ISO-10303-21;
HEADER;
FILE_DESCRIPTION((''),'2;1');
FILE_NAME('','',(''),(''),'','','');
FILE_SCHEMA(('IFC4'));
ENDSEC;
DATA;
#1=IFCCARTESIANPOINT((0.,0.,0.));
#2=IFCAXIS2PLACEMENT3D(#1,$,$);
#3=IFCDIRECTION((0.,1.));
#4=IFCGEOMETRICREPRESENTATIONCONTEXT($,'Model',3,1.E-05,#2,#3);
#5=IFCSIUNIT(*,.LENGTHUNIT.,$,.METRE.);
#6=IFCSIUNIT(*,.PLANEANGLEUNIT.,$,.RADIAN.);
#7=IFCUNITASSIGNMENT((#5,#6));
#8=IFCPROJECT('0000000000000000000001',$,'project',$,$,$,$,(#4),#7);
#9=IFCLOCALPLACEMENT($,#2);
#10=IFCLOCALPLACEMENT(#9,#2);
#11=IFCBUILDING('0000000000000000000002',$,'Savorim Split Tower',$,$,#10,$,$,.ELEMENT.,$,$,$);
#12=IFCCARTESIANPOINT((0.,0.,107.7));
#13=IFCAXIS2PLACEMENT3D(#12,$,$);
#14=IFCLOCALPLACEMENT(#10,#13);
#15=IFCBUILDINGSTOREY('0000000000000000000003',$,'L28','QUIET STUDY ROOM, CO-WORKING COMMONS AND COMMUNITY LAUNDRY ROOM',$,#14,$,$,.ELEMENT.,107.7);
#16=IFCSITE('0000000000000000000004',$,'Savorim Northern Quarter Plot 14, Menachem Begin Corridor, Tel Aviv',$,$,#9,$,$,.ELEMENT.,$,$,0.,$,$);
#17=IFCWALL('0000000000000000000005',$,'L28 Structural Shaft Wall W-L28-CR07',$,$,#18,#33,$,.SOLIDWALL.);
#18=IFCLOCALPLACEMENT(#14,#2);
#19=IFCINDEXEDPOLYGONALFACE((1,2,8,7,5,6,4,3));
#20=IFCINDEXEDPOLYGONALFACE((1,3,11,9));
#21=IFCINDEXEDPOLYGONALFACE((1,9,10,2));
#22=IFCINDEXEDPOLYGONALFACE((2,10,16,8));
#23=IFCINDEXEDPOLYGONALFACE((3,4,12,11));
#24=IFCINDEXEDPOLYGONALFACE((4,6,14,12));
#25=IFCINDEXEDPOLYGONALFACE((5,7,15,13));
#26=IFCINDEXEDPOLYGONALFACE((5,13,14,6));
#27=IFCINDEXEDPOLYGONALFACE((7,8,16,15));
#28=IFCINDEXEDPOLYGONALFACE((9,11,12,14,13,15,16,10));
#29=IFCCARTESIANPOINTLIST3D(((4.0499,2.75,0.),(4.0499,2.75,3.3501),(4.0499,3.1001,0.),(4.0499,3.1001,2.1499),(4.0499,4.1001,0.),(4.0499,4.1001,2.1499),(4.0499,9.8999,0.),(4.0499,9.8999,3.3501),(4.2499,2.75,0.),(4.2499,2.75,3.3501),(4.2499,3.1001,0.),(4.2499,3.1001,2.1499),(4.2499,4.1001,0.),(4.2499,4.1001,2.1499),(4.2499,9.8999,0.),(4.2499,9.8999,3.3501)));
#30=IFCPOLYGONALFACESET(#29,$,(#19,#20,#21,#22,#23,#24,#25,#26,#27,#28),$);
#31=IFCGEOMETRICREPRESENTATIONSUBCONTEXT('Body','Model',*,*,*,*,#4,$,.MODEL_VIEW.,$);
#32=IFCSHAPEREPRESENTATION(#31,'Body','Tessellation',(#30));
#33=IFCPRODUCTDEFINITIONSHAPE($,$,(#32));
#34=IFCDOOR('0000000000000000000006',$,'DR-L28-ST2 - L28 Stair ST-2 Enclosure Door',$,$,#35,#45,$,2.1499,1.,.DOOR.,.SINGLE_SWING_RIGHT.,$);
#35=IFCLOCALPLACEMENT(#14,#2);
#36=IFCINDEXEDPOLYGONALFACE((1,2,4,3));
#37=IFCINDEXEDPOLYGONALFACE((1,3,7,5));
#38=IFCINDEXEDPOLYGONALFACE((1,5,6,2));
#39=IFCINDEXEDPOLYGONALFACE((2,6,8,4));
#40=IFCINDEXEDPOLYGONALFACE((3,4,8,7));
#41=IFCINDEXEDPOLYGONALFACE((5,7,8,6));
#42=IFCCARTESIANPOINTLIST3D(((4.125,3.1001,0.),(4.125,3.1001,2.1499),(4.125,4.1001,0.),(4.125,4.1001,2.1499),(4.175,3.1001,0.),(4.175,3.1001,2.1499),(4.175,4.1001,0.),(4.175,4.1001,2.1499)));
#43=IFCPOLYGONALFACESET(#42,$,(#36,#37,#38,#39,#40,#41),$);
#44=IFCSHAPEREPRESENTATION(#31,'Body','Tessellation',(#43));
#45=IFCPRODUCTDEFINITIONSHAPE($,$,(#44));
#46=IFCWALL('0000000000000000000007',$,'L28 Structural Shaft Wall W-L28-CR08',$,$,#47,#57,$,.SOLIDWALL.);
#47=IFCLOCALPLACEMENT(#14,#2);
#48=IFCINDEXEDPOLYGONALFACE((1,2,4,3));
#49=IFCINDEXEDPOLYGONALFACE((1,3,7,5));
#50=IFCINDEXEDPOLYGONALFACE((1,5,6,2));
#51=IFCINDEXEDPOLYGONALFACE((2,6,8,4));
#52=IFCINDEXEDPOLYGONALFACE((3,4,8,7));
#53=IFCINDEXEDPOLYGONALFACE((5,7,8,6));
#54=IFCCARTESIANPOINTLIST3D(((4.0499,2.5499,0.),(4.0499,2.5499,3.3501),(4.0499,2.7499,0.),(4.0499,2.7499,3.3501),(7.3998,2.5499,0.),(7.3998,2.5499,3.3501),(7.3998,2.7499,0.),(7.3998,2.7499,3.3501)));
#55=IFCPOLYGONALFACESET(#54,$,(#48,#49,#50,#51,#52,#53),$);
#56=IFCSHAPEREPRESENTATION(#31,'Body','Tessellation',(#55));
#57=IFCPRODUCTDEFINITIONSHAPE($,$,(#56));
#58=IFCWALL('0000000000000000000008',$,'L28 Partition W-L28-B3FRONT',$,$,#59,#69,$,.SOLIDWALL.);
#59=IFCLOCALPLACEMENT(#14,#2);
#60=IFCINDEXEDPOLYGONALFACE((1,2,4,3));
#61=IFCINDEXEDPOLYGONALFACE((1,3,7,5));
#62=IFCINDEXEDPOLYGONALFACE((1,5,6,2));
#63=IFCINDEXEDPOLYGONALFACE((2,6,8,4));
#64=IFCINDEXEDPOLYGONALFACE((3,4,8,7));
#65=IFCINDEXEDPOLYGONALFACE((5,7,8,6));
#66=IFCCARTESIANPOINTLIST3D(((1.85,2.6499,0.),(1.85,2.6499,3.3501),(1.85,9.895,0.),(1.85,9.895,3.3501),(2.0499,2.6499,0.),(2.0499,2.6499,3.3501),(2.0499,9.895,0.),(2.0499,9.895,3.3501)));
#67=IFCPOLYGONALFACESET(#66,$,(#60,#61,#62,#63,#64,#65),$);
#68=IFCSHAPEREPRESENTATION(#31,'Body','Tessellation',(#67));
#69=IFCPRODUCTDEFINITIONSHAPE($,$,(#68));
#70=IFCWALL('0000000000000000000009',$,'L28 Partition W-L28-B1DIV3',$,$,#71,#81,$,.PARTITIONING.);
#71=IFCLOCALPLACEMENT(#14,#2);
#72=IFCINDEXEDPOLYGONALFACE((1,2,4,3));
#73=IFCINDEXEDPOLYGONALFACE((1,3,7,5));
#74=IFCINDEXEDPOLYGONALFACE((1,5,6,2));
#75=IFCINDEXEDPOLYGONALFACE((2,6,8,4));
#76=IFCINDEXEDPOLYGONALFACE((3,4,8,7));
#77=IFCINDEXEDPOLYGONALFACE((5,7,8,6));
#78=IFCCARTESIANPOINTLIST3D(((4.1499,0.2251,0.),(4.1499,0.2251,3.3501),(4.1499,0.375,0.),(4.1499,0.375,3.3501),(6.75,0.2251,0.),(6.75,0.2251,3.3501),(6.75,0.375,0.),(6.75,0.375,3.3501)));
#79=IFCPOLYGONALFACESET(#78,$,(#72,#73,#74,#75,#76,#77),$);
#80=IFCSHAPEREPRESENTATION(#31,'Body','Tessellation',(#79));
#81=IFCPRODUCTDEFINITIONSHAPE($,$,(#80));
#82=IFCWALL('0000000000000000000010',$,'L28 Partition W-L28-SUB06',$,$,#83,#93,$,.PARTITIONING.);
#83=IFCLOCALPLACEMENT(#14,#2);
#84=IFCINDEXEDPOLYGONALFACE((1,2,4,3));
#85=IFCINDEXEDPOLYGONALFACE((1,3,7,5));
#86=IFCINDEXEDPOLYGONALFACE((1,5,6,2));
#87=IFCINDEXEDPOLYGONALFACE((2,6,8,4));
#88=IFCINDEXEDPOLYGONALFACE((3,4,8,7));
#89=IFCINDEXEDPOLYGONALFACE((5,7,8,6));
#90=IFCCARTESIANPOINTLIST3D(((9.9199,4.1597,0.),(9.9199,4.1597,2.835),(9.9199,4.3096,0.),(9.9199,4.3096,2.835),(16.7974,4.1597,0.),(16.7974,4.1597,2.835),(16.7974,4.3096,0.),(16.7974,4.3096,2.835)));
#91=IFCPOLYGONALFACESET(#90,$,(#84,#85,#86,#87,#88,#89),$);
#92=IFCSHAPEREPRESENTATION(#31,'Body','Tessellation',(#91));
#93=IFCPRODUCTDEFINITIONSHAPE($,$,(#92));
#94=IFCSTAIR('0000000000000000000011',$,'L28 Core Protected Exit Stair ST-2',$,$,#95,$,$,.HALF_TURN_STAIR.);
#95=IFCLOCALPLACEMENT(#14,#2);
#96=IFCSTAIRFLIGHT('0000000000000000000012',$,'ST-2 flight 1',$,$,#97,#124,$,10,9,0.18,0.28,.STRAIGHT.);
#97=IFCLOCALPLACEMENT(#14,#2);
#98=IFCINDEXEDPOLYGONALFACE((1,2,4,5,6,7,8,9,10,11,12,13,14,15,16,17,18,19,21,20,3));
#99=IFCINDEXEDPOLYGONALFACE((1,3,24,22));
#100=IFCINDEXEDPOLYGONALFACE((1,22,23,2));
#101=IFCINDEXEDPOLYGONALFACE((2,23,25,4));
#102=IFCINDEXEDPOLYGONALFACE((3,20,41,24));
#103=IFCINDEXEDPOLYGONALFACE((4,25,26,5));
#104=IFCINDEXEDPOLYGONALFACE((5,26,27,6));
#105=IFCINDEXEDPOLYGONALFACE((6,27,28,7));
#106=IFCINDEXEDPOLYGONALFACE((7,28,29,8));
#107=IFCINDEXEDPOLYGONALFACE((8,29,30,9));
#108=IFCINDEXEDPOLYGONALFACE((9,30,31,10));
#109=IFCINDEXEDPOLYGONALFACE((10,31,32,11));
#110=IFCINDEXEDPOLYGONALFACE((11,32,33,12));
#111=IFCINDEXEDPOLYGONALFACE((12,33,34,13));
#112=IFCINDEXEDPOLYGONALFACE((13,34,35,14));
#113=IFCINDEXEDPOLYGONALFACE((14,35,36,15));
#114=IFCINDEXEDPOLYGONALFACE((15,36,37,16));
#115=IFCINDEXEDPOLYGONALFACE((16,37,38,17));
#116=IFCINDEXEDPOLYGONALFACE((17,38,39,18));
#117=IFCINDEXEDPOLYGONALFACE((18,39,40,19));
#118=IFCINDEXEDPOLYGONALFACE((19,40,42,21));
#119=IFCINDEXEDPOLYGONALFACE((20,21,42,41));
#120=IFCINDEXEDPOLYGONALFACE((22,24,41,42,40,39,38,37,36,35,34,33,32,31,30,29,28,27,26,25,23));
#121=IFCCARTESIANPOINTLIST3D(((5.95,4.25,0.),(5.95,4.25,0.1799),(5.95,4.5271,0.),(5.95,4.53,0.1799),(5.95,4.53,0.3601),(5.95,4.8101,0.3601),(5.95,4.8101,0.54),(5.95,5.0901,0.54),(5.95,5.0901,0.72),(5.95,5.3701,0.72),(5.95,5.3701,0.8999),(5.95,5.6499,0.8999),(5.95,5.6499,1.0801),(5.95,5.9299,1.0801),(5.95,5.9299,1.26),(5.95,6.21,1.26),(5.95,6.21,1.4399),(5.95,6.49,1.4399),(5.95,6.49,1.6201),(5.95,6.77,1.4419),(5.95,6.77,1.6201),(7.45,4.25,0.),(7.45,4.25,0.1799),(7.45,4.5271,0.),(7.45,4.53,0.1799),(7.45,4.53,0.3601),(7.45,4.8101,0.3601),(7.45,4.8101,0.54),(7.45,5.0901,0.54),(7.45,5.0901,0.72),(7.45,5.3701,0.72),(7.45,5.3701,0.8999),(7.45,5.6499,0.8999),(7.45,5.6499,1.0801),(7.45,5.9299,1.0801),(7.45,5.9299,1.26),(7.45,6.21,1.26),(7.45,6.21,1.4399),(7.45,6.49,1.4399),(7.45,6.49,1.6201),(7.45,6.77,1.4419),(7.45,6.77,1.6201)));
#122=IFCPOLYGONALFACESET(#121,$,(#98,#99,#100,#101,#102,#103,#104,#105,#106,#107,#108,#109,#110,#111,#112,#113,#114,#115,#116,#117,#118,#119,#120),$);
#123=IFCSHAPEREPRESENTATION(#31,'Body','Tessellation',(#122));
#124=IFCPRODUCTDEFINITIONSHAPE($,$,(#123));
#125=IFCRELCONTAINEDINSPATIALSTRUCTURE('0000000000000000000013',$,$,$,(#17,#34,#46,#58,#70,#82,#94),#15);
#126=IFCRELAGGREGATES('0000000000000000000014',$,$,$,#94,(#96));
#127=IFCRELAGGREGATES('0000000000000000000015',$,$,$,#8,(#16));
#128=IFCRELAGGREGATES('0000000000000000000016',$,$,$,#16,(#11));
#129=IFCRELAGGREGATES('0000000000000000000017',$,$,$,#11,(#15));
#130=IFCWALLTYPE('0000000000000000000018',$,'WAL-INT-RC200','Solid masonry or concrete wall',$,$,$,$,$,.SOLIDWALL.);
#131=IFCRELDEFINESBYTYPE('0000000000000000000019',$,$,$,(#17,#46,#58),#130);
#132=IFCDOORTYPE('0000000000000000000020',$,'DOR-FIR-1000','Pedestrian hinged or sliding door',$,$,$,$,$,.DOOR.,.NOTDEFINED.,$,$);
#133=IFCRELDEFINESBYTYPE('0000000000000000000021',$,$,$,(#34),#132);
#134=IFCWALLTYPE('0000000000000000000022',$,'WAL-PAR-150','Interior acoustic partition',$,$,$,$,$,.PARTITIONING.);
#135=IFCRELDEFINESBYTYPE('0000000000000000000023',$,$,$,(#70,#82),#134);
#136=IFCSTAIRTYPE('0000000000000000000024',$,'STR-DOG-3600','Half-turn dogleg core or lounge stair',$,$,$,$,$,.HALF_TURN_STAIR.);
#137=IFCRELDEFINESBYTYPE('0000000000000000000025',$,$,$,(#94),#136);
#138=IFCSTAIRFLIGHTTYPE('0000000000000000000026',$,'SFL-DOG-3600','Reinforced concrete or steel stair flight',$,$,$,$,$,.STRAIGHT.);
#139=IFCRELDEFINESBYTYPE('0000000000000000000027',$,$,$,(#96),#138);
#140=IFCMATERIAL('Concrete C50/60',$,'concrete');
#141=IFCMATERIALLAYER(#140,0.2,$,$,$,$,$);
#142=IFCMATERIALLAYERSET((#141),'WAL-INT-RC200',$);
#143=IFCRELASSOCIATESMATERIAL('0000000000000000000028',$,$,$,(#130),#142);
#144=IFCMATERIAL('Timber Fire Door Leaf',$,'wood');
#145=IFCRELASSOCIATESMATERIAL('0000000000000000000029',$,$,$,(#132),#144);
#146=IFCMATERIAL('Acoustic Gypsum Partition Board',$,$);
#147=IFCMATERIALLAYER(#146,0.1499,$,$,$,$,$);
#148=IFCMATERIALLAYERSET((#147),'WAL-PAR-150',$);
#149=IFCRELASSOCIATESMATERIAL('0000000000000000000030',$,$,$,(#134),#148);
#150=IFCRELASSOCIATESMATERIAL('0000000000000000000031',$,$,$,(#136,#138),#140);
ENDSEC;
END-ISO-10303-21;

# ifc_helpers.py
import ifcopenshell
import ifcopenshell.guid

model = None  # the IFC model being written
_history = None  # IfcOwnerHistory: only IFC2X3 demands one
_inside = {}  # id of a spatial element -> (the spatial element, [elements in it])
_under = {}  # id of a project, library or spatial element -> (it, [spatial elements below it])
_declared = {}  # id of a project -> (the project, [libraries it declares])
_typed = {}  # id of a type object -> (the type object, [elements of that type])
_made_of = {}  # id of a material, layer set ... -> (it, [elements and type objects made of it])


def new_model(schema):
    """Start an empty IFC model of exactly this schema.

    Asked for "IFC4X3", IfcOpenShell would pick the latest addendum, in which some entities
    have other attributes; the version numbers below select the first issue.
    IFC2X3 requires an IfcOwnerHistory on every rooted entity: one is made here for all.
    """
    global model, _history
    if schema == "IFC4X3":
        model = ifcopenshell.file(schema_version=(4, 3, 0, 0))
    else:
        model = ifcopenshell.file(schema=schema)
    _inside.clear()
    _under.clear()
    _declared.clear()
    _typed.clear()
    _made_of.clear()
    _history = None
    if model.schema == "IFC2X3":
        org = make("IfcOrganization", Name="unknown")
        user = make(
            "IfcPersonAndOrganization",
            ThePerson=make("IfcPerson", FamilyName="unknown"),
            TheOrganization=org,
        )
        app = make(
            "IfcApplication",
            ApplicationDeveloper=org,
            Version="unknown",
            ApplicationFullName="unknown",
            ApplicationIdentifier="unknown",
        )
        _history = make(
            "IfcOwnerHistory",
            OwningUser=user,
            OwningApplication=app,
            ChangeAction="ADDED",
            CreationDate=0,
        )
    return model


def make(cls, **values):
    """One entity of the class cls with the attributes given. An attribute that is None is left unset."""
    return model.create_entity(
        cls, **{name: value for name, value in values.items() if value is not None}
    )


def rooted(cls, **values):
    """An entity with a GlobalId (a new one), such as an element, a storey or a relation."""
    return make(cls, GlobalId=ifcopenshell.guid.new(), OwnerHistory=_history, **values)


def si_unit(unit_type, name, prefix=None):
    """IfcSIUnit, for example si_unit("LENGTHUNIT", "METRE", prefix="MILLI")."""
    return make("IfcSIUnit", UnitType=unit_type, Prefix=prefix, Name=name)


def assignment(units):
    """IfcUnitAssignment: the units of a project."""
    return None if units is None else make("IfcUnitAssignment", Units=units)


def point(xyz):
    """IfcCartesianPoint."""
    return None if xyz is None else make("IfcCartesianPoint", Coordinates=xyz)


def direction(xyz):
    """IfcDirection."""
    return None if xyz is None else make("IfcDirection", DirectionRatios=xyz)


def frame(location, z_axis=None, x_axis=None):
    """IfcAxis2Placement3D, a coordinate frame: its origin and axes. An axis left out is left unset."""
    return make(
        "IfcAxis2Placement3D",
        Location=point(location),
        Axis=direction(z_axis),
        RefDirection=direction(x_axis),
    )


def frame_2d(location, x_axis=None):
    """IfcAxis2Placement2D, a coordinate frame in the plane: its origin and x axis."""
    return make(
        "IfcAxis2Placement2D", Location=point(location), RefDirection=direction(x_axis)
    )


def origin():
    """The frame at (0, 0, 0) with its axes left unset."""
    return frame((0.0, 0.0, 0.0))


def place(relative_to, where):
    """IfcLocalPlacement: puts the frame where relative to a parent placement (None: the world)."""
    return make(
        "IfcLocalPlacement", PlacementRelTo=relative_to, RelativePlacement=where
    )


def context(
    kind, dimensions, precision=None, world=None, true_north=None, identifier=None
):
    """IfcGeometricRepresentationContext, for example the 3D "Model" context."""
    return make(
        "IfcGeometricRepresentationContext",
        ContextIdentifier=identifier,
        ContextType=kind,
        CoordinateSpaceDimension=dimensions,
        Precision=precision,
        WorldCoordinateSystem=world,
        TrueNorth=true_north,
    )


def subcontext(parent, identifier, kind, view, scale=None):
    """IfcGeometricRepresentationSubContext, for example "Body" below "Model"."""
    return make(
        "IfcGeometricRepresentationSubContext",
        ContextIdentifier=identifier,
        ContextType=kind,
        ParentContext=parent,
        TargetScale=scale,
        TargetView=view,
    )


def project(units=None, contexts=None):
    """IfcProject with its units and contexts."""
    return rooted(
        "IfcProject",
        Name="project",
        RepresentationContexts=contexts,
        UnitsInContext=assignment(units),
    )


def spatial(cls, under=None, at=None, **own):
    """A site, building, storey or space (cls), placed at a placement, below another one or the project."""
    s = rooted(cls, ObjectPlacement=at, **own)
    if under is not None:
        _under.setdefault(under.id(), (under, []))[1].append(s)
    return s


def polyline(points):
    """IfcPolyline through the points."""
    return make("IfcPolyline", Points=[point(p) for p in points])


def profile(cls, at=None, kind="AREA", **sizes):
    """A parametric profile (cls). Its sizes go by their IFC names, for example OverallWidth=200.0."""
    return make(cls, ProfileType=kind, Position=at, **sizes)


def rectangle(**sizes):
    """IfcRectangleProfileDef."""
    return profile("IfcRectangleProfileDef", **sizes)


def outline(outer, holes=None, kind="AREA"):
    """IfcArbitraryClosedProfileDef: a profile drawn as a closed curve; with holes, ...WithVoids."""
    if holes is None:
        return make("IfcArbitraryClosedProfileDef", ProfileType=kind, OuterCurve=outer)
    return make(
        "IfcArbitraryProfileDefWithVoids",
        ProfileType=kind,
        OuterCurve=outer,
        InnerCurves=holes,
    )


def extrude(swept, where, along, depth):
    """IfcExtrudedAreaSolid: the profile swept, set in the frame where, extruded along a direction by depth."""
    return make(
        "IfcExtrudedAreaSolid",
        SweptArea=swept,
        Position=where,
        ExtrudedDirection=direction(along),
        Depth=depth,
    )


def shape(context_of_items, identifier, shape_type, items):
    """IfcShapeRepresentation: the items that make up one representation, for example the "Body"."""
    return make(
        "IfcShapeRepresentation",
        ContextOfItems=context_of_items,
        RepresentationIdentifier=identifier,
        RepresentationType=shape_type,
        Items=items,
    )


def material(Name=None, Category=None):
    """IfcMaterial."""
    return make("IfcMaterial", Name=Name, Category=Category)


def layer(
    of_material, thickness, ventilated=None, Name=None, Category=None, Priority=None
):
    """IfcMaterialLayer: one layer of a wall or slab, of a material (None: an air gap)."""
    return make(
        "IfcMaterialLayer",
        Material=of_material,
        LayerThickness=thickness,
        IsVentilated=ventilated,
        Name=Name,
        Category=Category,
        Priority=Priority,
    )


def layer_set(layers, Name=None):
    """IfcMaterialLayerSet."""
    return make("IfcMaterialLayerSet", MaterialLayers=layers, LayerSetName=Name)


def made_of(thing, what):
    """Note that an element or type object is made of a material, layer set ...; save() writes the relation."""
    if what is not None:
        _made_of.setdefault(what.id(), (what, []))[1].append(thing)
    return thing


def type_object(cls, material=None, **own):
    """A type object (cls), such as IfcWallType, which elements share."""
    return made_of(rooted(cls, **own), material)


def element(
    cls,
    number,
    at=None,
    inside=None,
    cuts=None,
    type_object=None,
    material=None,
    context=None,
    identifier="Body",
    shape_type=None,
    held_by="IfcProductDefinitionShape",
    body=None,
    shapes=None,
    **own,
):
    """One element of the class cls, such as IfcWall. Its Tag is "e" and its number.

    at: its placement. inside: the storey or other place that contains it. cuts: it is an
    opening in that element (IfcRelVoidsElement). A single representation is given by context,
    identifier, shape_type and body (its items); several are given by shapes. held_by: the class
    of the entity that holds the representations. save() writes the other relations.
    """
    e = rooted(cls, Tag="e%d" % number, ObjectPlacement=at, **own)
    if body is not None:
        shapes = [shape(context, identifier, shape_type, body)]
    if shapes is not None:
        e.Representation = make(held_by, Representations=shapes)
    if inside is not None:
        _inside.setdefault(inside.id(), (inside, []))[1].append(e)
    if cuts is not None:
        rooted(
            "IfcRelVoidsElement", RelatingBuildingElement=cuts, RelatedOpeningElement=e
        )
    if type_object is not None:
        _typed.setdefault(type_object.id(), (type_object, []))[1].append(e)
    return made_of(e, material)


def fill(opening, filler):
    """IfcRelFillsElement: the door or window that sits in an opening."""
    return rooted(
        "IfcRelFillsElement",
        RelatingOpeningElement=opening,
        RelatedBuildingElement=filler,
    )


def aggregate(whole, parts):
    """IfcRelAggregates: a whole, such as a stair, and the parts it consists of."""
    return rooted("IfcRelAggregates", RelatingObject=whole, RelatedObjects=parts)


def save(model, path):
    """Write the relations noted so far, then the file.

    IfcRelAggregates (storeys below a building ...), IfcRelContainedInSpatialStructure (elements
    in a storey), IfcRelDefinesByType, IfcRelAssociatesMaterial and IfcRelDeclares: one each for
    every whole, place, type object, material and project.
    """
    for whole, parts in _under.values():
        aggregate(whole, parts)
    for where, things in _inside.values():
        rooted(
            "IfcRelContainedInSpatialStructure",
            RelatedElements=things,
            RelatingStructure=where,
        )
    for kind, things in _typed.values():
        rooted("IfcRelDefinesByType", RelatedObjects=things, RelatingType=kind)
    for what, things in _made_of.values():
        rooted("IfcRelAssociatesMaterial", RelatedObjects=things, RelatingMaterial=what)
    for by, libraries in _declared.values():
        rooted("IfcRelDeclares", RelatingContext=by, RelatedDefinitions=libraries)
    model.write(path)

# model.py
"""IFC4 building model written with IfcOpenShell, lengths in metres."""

from ifc_helpers import new_model, si_unit, direction, frame, frame_2d, origin, place, context, subcontext, project, spatial, polyline, rectangle, outline, extrude, material, layer, layer_set, type_object, element, fill, aggregate, save


model = new_model("IFC4")

# Units and contexts
model_context = context("Model", 3, precision=1e-05, world=origin(), true_north=direction((0.0, 1.0)))
body_context = subcontext(model_context, "Body", "Model", "MODEL_VIEW")
ifc_project = project(units=[si_unit("LENGTHUNIT", "METRE"), si_unit("PLANEANGLEUNIT", "RADIAN")], contexts=[model_context])

# Site, building, storey
site_placement = place(None, origin())
site = spatial("IfcSite", under=ifc_project, at=site_placement, Name="Savorim Northern Quarter Plot 14, Menachem Begin Corridor, Tel Aviv", CompositionType="ELEMENT", RefElevation=0.0)
building_placement = place(site_placement, origin())
building = spatial("IfcBuilding", under=site, at=building_placement, Name="Savorim Split Tower", CompositionType="ELEMENT")
storey_placement = place(building_placement, frame((0.0, 0.0, 107.7)))
storey = spatial("IfcBuildingStorey", under=building, at=storey_placement, Name="L28", Description="QUIET STUDY ROOM, CO-WORKING COMMONS AND COMMUNITY LAUNDRY ROOM", CompositionType="ELEMENT", Elevation=107.7)

# Wall, opening, door
ifc_material_1 = material(Name="Concrete C50/60", Category="concrete")
ifc_layer_1 = layer(ifc_material_1, 0.2)
ifc_layer_set_1 = layer_set([ifc_layer_1], Name="WAL-INT-RC200")
wall_type_1 = type_object("IfcWallType", Name="WAL-INT-RC200", Description="Solid masonry or concrete wall", PredefinedType="SOLIDWALL", material=ifc_layer_set_1)
wall_1_placement = place(storey_placement, frame((4.1499, 2.75, 0.0), z_axis=(0.0, 0.0, 1.0), x_axis=(0.0, 1.0, 0.0)))
wall_1 = element("IfcWall", 1, at=wall_1_placement, inside=storey, type_object=wall_type_1, Name="L28 Structural Shaft Wall W-L28-CR07", PredefinedType="SOLIDWALL", context=body_context, shape_type="SweptSolid", body=[
    extrude(rectangle(XDim=7.1499, YDim=0.2, at=frame_2d((3.575, 0.0))), origin(), (0.0, 0.0, 1.0), 3.3501),
])
opening_placement = place(wall_1_placement, frame((0.3501, 0.0, 0.0)))
opening = element("IfcOpeningElement", 2, at=opening_placement, cuts=wall_1, PredefinedType="OPENING", context=body_context, shape_type="SweptSolid", body=[
    extrude(rectangle(XDim=1.0, YDim=2.1499, at=frame_2d((0.5, 1.075))), frame((0.0, 0.1099, 0.0), z_axis=(0.0, -1.0, 0.0), x_axis=(1.0, 0.0, 0.0)), (0.0, 0.0, 1.0), 0.22),
])
ifc_material_2 = material(Name="Timber Fire Door Leaf", Category="wood")
door_type = type_object("IfcDoorType", Name="DOR-FIR-1000", Description="Pedestrian hinged or sliding door", OperationType="NOTDEFINED", PredefinedType="DOOR", material=ifc_material_2)
door_placement = place(opening_placement, origin())
door = element("IfcDoor", 3, at=door_placement, inside=storey, type_object=door_type, Name="DR-L28-ST2 - L28 Stair ST-2 Enclosure Door", OperationType="SINGLE_SWING_RIGHT", OverallHeight=2.1499, OverallWidth=1.0, PredefinedType="DOOR", context=body_context, shape_type="SweptSolid", body=[
    extrude(rectangle(XDim=1.0, YDim=2.1499, at=frame_2d((0.5, 1.075))), frame((0.0, 0.0249, 0.0), z_axis=(0.0, -1.0, 0.0), x_axis=(1.0, 0.0, 0.0)), (0.0, 0.0, 1.0), 0.05),
])
fill(opening, door)

# Walls
wall_2_placement = place(storey_placement, frame((4.05, 2.6499, 0.0), z_axis=(0.0, 0.0, 1.0), x_axis=(1.0, 0.0, 0.0)))
element("IfcWall", 4, at=wall_2_placement, inside=storey, type_object=wall_type_1, Name="L28 Structural Shaft Wall W-L28-CR08", PredefinedType="SOLIDWALL", context=body_context, shape_type="SweptSolid", body=[
    extrude(rectangle(XDim=3.3499, YDim=0.2, at=frame_2d((1.6748, 0.0))), origin(), (0.0, 0.0, 1.0), 3.3501),
])
wall_3_placement = place(storey_placement, frame((1.95, 2.6499, 0.0), z_axis=(0.0, 0.0, 1.0), x_axis=(0.0, 1.0, 0.0)))
element("IfcWall", 5, at=wall_3_placement, inside=storey, type_object=wall_type_1, Name="L28 Partition W-L28-B3FRONT", PredefinedType="SOLIDWALL", context=body_context, shape_type="SweptSolid", body=[
    extrude(rectangle(XDim=7.2451, YDim=0.2, at=frame_2d((3.6226, 0.0))), origin(), (0.0, 0.0, 1.0), 3.3501),
])
ifc_material_3 = material(Name="Acoustic Gypsum Partition Board")
ifc_layer_2 = layer(ifc_material_3, 0.1499)
ifc_layer_set_2 = layer_set([ifc_layer_2], Name="WAL-PAR-150")
wall_type_2 = type_object("IfcWallType", Name="WAL-PAR-150", Description="Interior acoustic partition", PredefinedType="PARTITIONING", material=ifc_layer_set_2)
wall_4_placement = place(storey_placement, frame((4.1499, 0.3, 0.0), z_axis=(0.0, 0.0, 1.0), x_axis=(1.0, 0.0, 0.0)))
element("IfcWall", 6, at=wall_4_placement, inside=storey, type_object=wall_type_2, Name="L28 Partition W-L28-B1DIV3", PredefinedType="PARTITIONING", context=body_context, shape_type="SweptSolid", body=[
    extrude(rectangle(XDim=2.6001, YDim=0.1499, at=frame_2d((1.3, 0.0))), origin(), (0.0, 0.0, 1.0), 3.3501),
])
wall_5_placement = place(storey_placement, frame((9.9199, 4.2346, 0.0), z_axis=(0.0, 0.0, 1.0), x_axis=(1.0, 0.0, 0.0)))
element("IfcWall", 7, at=wall_5_placement, inside=storey, type_object=wall_type_2, Name="L28 Partition W-L28-SUB06", PredefinedType="PARTITIONING", context=body_context, shape_type="SweptSolid", body=[
    extrude(rectangle(XDim=6.8774, YDim=0.1499, at=frame_2d((3.4387, 0.0))), origin(), (0.0, 0.0, 1.0), 2.835),
])

# Stair, stair flight
stair_type = type_object("IfcStairType", Name="STR-DOG-3600", Description="Half-turn dogleg core or lounge stair", PredefinedType="HALF_TURN_STAIR", material=ifc_material_1)
stair_placement = place(storey_placement, origin())
stair = element("IfcStair", 8, at=stair_placement, inside=storey, type_object=stair_type, Name="L28 Core Protected Exit Stair ST-2", PredefinedType="HALF_TURN_STAIR")
stair_flight_type = type_object("IfcStairFlightType", Name="SFL-DOG-3600", Description="Reinforced concrete or steel stair flight", PredefinedType="STRAIGHT", material=ifc_material_1)
stair_flight_placement = place(storey_placement, frame((6.7, 4.25, 0.0), z_axis=(0.0, 0.0, 1.0), x_axis=(0.0, 1.0, 0.0)))
stair_flight = element("IfcStairFlight", 9, at=stair_flight_placement, type_object=stair_flight_type, Name="ST-2 flight 1", NumberOfRisers=10, NumberOfTreads=9, PredefinedType="STRAIGHT", RiserHeight=0.18, TreadLength=0.28, context=body_context, shape_type="SweptSolid", body=[
    extrude(outline(polyline([(0.0, 0.0), (0.0, 0.1799), (0.28, 0.1799), (0.28, 0.3601), (0.5601, 0.3601), (0.5601, 0.54), (0.8401, 0.54), (0.8401, 0.72), (1.1201, 0.72), (1.1201, 0.8999), (1.3999, 0.8999), (1.3999, 1.0801), (1.6799, 1.0801), (1.6799, 1.26), (1.96, 1.26), (1.96, 1.4399), (2.24, 1.4399), (2.24, 1.6201), (2.52, 1.6201), (2.52, 1.8), (2.52, 1.4419), (0.2771, 0.0), (0.0, 0.0)])), frame((0.0, 0.75, 0.0), z_axis=(0.0, -1.0, 0.0), x_axis=(1.0, 0.0, 0.0)), (0.0, 0.0, 1.0), 1.5),
])
aggregate(stair, [stair_flight])

save(model, "model.ifc")
